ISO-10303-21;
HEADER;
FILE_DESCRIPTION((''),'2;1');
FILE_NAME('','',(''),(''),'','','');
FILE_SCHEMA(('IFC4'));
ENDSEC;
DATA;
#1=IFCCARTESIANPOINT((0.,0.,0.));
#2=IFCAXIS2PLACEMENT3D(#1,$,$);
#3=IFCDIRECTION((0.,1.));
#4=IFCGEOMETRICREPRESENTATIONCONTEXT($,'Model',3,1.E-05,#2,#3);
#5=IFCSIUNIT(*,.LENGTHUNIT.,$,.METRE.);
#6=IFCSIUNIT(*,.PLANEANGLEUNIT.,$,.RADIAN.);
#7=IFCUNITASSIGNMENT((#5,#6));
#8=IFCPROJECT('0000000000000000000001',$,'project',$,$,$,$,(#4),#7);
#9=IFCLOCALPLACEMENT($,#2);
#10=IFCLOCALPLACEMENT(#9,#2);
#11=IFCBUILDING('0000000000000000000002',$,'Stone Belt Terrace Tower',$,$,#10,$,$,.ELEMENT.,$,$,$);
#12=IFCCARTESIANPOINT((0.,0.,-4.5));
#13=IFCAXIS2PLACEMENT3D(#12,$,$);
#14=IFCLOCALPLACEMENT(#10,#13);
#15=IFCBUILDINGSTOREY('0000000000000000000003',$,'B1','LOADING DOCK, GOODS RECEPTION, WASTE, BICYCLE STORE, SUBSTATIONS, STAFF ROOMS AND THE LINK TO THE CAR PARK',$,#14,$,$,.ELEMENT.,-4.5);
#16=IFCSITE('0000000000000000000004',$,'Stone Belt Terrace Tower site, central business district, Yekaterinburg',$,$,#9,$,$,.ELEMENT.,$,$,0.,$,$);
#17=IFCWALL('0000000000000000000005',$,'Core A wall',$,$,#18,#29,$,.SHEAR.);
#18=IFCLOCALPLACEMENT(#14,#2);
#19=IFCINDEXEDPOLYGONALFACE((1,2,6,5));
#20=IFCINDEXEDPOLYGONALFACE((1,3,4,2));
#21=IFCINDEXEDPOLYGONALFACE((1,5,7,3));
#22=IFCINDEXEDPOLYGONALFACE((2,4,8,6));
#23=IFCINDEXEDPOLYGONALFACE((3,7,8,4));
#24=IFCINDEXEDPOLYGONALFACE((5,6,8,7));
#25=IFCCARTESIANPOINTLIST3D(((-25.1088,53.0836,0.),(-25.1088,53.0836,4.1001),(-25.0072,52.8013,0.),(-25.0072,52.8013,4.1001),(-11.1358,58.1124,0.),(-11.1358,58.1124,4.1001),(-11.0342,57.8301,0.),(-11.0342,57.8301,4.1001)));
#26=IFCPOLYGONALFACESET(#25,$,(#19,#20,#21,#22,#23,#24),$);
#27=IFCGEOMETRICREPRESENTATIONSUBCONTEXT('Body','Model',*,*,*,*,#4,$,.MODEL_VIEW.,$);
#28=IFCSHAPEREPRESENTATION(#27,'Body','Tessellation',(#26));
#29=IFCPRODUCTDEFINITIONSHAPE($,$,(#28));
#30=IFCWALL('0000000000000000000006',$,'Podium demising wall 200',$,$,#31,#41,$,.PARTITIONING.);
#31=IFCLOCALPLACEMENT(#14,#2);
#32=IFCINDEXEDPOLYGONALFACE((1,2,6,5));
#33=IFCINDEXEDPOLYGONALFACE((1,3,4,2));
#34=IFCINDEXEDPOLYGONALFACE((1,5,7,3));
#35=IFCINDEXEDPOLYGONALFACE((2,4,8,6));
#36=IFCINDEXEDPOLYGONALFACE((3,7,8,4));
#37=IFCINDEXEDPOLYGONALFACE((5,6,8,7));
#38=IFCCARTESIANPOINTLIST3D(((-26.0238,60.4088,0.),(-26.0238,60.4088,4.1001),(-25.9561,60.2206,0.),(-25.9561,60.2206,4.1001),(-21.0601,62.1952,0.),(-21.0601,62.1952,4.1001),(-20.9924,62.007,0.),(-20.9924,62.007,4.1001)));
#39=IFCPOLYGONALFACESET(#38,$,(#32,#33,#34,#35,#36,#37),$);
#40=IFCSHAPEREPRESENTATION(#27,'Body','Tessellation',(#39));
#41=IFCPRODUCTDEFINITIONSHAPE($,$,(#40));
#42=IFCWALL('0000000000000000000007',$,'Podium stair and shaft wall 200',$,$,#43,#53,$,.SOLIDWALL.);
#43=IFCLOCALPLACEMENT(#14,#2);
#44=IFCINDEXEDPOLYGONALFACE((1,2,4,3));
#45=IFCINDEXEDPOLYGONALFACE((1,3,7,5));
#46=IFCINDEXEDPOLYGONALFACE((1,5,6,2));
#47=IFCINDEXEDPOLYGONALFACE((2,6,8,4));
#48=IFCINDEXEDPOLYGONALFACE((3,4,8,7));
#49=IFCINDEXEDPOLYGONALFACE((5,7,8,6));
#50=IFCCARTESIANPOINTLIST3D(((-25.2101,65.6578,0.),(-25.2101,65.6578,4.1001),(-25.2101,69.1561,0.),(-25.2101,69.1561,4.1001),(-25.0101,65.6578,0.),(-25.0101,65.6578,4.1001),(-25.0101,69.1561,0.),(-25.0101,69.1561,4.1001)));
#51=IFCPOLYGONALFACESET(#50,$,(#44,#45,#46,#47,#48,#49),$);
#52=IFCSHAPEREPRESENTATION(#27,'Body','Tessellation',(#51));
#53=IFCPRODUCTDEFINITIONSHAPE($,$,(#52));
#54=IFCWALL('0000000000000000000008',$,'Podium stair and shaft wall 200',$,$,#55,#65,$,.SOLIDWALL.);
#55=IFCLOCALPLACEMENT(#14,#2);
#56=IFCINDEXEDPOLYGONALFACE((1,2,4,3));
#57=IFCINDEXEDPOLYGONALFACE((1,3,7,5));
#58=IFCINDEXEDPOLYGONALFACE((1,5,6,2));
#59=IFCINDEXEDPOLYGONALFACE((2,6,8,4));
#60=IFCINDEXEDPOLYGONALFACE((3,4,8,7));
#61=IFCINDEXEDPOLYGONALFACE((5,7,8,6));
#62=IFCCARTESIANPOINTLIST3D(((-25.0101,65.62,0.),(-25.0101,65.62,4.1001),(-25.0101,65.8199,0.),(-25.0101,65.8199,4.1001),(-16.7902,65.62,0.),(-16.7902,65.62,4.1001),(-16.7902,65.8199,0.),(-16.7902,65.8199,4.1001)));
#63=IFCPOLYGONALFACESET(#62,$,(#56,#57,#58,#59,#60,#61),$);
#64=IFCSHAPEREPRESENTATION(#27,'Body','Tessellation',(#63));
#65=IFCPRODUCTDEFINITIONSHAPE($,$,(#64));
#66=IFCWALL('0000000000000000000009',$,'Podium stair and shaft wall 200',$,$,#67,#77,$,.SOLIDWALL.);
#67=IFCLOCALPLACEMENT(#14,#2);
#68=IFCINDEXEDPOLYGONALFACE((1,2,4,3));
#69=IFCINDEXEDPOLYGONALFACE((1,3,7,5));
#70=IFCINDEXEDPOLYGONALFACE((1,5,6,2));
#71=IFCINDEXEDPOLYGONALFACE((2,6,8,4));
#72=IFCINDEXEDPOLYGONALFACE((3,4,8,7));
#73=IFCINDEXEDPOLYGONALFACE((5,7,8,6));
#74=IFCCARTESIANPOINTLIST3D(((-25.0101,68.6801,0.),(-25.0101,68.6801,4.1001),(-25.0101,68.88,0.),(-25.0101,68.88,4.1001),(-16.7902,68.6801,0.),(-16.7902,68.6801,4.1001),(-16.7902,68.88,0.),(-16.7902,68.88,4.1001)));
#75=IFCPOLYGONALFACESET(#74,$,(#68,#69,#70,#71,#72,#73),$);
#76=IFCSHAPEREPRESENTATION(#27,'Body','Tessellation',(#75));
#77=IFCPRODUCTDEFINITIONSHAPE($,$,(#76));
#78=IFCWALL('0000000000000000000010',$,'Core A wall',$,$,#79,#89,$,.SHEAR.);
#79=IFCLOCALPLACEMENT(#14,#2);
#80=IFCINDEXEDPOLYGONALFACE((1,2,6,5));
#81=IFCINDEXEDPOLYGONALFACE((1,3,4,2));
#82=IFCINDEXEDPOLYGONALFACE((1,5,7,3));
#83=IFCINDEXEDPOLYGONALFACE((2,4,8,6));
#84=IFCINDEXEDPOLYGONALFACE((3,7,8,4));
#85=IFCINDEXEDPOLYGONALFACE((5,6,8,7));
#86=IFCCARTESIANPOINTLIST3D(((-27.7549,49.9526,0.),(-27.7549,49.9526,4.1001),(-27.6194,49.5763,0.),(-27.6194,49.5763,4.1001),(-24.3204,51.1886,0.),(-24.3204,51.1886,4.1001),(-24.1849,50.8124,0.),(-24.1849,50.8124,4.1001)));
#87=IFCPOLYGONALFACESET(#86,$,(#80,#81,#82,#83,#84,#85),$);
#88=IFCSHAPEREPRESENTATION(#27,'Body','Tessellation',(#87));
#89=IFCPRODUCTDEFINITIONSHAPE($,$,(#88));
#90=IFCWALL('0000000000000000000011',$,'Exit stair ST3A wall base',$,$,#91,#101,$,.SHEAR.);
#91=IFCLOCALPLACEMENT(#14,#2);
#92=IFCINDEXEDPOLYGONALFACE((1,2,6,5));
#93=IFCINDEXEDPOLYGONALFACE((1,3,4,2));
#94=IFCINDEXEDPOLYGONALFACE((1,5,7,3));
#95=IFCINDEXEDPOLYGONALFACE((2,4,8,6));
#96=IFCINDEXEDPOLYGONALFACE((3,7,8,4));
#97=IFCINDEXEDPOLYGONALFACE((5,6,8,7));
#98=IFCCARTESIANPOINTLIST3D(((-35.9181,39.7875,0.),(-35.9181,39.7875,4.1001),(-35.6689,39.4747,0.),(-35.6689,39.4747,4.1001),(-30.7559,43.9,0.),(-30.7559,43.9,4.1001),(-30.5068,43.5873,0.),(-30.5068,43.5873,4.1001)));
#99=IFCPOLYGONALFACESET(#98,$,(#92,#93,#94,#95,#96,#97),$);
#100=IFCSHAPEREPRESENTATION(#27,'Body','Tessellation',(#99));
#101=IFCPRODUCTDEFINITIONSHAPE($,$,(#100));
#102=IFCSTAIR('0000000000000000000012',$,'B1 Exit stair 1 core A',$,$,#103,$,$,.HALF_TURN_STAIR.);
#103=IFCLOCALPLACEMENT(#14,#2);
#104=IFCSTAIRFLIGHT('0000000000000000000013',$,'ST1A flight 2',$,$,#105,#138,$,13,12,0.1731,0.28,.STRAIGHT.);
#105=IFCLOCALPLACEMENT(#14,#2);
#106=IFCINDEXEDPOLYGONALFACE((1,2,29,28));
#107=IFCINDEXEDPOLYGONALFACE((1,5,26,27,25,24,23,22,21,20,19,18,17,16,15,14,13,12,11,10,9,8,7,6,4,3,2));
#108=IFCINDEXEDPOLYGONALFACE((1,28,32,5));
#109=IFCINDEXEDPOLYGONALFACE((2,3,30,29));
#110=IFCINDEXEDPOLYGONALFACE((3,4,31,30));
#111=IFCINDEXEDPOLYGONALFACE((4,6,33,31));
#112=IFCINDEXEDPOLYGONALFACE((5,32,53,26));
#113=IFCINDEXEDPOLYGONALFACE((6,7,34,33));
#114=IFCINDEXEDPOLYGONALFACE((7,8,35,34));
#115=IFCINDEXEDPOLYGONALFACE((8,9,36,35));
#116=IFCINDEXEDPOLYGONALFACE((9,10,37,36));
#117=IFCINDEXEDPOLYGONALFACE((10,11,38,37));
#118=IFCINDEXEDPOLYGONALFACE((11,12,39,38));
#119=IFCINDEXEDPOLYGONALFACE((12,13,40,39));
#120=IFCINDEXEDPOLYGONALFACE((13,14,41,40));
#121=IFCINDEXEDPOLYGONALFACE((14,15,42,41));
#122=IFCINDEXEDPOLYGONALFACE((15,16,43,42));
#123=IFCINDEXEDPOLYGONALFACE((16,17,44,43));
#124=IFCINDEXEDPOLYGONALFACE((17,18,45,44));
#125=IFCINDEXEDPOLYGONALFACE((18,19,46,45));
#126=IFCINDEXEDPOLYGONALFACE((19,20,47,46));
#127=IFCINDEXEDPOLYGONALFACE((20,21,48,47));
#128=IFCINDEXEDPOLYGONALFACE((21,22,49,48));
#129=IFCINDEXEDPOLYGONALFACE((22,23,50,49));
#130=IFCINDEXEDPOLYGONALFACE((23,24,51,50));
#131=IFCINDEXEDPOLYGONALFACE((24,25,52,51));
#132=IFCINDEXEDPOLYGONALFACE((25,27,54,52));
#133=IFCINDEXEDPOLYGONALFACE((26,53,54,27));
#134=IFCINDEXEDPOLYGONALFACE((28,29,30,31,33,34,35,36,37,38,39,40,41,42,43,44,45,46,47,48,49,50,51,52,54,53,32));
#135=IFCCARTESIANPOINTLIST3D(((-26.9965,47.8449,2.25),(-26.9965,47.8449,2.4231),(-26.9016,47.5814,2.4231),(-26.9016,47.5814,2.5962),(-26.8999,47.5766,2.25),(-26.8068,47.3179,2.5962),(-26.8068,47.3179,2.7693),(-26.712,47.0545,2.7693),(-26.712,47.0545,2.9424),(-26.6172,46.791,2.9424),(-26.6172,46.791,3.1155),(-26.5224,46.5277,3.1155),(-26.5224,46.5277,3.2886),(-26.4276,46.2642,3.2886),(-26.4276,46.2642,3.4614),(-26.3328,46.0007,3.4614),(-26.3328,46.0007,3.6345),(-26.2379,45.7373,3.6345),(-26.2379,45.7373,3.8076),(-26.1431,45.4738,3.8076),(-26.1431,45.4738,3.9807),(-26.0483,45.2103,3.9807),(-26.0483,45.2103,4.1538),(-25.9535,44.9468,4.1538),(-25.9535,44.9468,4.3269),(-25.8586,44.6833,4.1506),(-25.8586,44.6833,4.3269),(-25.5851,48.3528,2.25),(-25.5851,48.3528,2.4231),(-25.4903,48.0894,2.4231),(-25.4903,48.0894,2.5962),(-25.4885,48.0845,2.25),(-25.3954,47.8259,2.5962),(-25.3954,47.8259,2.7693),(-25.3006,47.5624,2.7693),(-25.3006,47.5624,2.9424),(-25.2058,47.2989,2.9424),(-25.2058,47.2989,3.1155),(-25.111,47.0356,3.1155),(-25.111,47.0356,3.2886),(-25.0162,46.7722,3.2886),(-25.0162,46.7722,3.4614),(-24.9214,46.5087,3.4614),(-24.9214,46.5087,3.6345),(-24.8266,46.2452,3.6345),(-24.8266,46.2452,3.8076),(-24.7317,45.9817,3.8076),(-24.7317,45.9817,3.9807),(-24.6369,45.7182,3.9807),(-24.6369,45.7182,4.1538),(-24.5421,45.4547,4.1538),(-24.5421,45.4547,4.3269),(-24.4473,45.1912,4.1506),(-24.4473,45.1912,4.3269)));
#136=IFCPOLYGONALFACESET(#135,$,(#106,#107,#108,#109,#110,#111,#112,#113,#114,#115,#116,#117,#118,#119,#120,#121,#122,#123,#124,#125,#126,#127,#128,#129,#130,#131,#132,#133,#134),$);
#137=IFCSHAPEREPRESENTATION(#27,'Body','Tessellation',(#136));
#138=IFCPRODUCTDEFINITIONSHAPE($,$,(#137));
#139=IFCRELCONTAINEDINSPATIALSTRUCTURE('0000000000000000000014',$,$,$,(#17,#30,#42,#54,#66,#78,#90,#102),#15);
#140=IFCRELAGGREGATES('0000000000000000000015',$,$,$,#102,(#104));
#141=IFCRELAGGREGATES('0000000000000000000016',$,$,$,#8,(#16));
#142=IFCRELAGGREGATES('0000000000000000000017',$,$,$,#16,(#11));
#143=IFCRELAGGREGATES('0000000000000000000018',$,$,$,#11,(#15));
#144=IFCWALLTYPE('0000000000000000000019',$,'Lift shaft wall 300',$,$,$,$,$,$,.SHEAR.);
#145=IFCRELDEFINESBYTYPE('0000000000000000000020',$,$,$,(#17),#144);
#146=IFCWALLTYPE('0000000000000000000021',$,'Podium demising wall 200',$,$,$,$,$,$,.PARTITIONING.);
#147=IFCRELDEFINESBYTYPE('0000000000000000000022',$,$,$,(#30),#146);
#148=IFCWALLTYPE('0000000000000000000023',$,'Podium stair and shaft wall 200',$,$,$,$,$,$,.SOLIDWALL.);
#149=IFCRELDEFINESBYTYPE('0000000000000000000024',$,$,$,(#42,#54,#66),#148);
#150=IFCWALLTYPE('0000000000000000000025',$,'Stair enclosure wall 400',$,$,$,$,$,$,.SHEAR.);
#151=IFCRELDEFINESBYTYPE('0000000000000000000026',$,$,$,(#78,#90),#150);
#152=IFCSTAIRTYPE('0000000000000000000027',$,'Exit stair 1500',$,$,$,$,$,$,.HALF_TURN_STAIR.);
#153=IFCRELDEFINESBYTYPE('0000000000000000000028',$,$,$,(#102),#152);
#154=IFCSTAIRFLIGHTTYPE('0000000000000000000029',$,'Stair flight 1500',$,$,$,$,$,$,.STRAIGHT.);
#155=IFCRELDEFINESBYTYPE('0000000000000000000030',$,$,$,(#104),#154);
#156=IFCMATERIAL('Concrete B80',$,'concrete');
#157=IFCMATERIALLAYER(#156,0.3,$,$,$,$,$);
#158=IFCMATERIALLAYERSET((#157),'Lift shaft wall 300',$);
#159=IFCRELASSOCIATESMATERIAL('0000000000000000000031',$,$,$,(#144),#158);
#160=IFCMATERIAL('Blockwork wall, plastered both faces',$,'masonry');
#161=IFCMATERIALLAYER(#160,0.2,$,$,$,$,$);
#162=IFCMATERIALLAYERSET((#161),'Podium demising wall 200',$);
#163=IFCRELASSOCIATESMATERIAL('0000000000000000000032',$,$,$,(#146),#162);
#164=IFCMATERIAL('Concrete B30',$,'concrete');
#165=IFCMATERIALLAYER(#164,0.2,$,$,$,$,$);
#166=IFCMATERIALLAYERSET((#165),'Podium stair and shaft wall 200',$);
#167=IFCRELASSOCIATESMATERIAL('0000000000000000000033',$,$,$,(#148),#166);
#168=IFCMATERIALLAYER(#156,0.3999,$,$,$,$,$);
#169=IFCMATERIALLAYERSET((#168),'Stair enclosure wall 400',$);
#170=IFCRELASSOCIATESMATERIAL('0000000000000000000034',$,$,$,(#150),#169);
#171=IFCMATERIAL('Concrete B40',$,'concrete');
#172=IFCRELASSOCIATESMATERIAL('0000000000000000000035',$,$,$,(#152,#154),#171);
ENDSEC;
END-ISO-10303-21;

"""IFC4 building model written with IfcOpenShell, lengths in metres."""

from ifc_helpers import new_model, si_unit, direction, frame, frame_2d, origin, place, context, subcontext, project, spatial, polyline, rectangle, outline, extrude, material, layer, layer_set, type_object, element, aggregate, save


model = new_model("IFC4")

# Units and contexts
model_context = context("Model", 3, precision=1e-05, world=origin(), true_north=direction((0.0, 1.0)))
body_context = subcontext(model_context, "Body", "Model", "MODEL_VIEW")
ifc_project = project(units=[si_unit("LENGTHUNIT", "METRE"), si_unit("PLANEANGLEUNIT", "RADIAN")], contexts=[model_context])

# Site, building, storey
site_placement = place(None, origin())
site = spatial("IfcSite", under=ifc_project, at=site_placement, Name="Stone Belt Terrace Tower site, central business district, Yekaterinburg", CompositionType="ELEMENT", RefElevation=0.0)
building_placement = place(site_placement, origin())
building = spatial("IfcBuilding", under=site, at=building_placement, Name="Stone Belt Terrace Tower", CompositionType="ELEMENT")
storey_placement = place(building_placement, frame((0.0, 0.0, -4.5)))
storey = spatial("IfcBuildingStorey", under=building, at=storey_placement, Name="B1", Description="LOADING DOCK, GOODS RECEPTION, WASTE, BICYCLE STORE, SUBSTATIONS, STAFF ROOMS AND THE LINK TO THE CAR PARK", CompositionType="ELEMENT", Elevation=-4.5)

# Shared definitions
ifc_material_1 = material(Name="Concrete B80", Category="concrete")

# Shared definitions
ifc_material_2 = material(Name="Concrete B30", Category="concrete")

# Shared definitions
ifc_layer_1 = layer(ifc_material_1, 0.3)
ifc_layer_set_1 = layer_set([ifc_layer_1], Name="Lift shaft wall 300")
wall_type_1 = type_object("IfcWallType", Name="Lift shaft wall 300", PredefinedType="SHEAR", material=ifc_layer_set_1)

# Walls
wall_1_placement = place(storey_placement, frame((-25.0581, 52.9424, 0.0), z_axis=(0.0, 0.0, 1.0), x_axis=(0.940918, 0.338634, 0.0)))
element("IfcWall", 1, at=wall_1_placement, inside=storey, type_object=wall_type_1, Name="Core A wall", PredefinedType="SHEAR", context=body_context, shape_type="SweptSolid", body=[
    extrude(rectangle(XDim=14.8503, YDim=0.3, at=frame_2d((7.4253, 0.0))), origin(), (0.0, 0.0, 1.0), 4.1001),
])
ifc_material_3 = material(Name="Blockwork wall, plastered both faces", Category="masonry")
ifc_layer_2 = layer(ifc_material_3, 0.2)
ifc_layer_set_2 = layer_set([ifc_layer_2], Name="Podium demising wall 200")
wall_type_2 = type_object("IfcWallType", Name="Podium demising wall 200", PredefinedType="PARTITIONING", material=ifc_layer_set_2)
wall_2_placement = place(storey_placement, frame((-25.99, 60.3147, 0.0), z_axis=(0.0, 0.0, 1.0), x_axis=(0.940919, 0.338631, 0.0)))
element("IfcWall", 2, at=wall_2_placement, inside=storey, type_object=wall_type_2, Name="Podium demising wall 200", PredefinedType="PARTITIONING", context=body_context, shape_type="SweptSolid", body=[
    extrude(rectangle(XDim=5.2754, YDim=0.2, at=frame_2d((2.6377, 0.0))), origin(), (0.0, 0.0, 1.0), 4.1001),
])
ifc_layer_3 = layer(ifc_material_2, 0.2)
ifc_layer_set_3 = layer_set([ifc_layer_3], Name="Podium stair and shaft wall 200")
wall_type_3 = type_object("IfcWallType", Name="Podium stair and shaft wall 200", PredefinedType="SOLIDWALL", material=ifc_layer_set_3)
wall_3_placement = place(storey_placement, frame((-25.1101, 65.658, 0.0), z_axis=(0.0, 0.0, 1.0), x_axis=(0.0, 1.0, 0.0)))
element("IfcWall", 3, at=wall_3_placement, inside=storey, type_object=wall_type_3, Name="Podium stair and shaft wall 200", PredefinedType="SOLIDWALL", context=body_context, shape_type="SweptSolid", body=[
    extrude(rectangle(XDim=3.4983, YDim=0.2, at=frame_2d((1.749, 0.0))), origin(), (0.0, 0.0, 1.0), 4.1001),
])
for number, where, z_axis, x_axis, name in (
    (4, (-25.01, 65.72, 0.0), (0.0, 0.0, 1.0), (1.0, 0.0, 0.0), "Podium stair and shaft wall 200"),
    (5, (-25.01, 68.78, 0.0), (0.0, 0.0, 1.0), (1.0, 0.0, 0.0), "Podium stair and shaft wall 200"),
):
    element("IfcWall", number, at=place(storey_placement, frame(where, z_axis=z_axis, x_axis=x_axis)), inside=storey, type_object=wall_type_3, Name=name, PredefinedType="SOLIDWALL", context=body_context, shape_type="SweptSolid", body=[
        extrude(rectangle(XDim=8.22, YDim=0.2, at=frame_2d((4.1099, 0.0))), origin(), (0.0, 0.0, 1.0), 4.1001),
    ])
ifc_layer_4 = layer(ifc_material_1, 0.3999)
ifc_layer_set_4 = layer_set([ifc_layer_4], Name="Stair enclosure wall 400")
wall_type_4 = type_object("IfcWallType", Name="Stair enclosure wall 400", PredefinedType="SHEAR", material=ifc_layer_set_4)
wall_4_placement = place(storey_placement, frame((-27.6873, 49.7644, 0.0), z_axis=(0.0, 0.0, 1.0), x_axis=(0.940919, 0.338632, 0.0)))
element("IfcWall", 6, at=wall_4_placement, inside=storey, type_object=wall_type_4, Name="Core A wall", PredefinedType="SHEAR", context=body_context, shape_type="SweptSolid", body=[
    extrude(rectangle(XDim=3.6501, YDim=0.3999, at=frame_2d((1.8252, 0.0))), origin(), (0.0, 0.0, 1.0), 4.1001),
])
wall_5_placement = place(storey_placement, frame((-30.6313, 43.7437, 0.0), z_axis=(0.0, 0.0, 1.0), x_axis=(-0.782134, -0.62311, 0.0)))
element("IfcWall", 7, at=wall_5_placement, inside=storey, type_object=wall_type_4, Name="Exit stair ST3A wall base", PredefinedType="SHEAR", context=body_context, shape_type="SweptSolid", body=[
    extrude(rectangle(XDim=6.6001, YDim=0.3999, at=frame_2d((3.3, 0.0))), origin(), (0.0, 0.0, 1.0), 4.1001),
])

# Stair, stair flight
ifc_material_4 = material(Name="Concrete B40", Category="concrete")
stair_type = type_object("IfcStairType", Name="Exit stair 1500", PredefinedType="HALF_TURN_STAIR", material=ifc_material_4)
stair_placement = place(storey_placement, origin())
stair = element("IfcStair", 8, at=stair_placement, inside=storey, type_object=stair_type, Name="B1 Exit stair 1 core A", PredefinedType="HALF_TURN_STAIR")
stair_flight_type = type_object("IfcStairFlightType", Name="Stair flight 1500", PredefinedType="STRAIGHT", material=ifc_material_4)
stair_flight_placement = place(storey_placement, frame((-26.2908, 48.0989, 2.25), z_axis=(0.0, 0.0, 1.0), x_axis=(0.338624, -0.940922, 0.0)))
stair_flight = element("IfcStairFlight", 9, at=stair_flight_placement, type_object=stair_flight_type, Name="ST1A flight 2", NumberOfRisers=13, NumberOfTreads=12, PredefinedType="STRAIGHT", RiserHeight=0.1731, TreadLength=0.28, context=body_context, shape_type="SweptSolid", body=[
    extrude(outline(polyline([(0.0, 0.0), (0.0, 0.1731), (0.28, 0.1731), (0.28, 0.3462), (0.5601, 0.3462), (0.5601, 0.5193), (0.8401, 0.5193), (0.8401, 0.6924), (1.1201, 0.6924), (1.1201, 0.8655), (1.3999, 0.8655), (1.3999, 1.0386), (1.6799, 1.0386), (1.6799, 1.2114), (1.96, 1.2114), (1.96, 1.3845), (2.24, 1.3845), (2.24, 1.5576), (2.52, 1.5576), (2.52, 1.7307), (2.8, 1.7307), (2.8, 1.9038), (3.0801, 1.9038), (3.0801, 2.0769), (3.3601, 2.0769), (3.3601, 2.25), (3.3601, 1.9006), (0.2852, 0.0), (0.0, 0.0)])), frame((0.0, 0.75, 0.0), z_axis=(0.0, -1.0, 0.0), x_axis=(1.0, 0.0, 0.0)), (0.0, 0.0, 1.0), 1.5),
])
aggregate(stair, [stair_flight])

save(model, "model.ifc")
